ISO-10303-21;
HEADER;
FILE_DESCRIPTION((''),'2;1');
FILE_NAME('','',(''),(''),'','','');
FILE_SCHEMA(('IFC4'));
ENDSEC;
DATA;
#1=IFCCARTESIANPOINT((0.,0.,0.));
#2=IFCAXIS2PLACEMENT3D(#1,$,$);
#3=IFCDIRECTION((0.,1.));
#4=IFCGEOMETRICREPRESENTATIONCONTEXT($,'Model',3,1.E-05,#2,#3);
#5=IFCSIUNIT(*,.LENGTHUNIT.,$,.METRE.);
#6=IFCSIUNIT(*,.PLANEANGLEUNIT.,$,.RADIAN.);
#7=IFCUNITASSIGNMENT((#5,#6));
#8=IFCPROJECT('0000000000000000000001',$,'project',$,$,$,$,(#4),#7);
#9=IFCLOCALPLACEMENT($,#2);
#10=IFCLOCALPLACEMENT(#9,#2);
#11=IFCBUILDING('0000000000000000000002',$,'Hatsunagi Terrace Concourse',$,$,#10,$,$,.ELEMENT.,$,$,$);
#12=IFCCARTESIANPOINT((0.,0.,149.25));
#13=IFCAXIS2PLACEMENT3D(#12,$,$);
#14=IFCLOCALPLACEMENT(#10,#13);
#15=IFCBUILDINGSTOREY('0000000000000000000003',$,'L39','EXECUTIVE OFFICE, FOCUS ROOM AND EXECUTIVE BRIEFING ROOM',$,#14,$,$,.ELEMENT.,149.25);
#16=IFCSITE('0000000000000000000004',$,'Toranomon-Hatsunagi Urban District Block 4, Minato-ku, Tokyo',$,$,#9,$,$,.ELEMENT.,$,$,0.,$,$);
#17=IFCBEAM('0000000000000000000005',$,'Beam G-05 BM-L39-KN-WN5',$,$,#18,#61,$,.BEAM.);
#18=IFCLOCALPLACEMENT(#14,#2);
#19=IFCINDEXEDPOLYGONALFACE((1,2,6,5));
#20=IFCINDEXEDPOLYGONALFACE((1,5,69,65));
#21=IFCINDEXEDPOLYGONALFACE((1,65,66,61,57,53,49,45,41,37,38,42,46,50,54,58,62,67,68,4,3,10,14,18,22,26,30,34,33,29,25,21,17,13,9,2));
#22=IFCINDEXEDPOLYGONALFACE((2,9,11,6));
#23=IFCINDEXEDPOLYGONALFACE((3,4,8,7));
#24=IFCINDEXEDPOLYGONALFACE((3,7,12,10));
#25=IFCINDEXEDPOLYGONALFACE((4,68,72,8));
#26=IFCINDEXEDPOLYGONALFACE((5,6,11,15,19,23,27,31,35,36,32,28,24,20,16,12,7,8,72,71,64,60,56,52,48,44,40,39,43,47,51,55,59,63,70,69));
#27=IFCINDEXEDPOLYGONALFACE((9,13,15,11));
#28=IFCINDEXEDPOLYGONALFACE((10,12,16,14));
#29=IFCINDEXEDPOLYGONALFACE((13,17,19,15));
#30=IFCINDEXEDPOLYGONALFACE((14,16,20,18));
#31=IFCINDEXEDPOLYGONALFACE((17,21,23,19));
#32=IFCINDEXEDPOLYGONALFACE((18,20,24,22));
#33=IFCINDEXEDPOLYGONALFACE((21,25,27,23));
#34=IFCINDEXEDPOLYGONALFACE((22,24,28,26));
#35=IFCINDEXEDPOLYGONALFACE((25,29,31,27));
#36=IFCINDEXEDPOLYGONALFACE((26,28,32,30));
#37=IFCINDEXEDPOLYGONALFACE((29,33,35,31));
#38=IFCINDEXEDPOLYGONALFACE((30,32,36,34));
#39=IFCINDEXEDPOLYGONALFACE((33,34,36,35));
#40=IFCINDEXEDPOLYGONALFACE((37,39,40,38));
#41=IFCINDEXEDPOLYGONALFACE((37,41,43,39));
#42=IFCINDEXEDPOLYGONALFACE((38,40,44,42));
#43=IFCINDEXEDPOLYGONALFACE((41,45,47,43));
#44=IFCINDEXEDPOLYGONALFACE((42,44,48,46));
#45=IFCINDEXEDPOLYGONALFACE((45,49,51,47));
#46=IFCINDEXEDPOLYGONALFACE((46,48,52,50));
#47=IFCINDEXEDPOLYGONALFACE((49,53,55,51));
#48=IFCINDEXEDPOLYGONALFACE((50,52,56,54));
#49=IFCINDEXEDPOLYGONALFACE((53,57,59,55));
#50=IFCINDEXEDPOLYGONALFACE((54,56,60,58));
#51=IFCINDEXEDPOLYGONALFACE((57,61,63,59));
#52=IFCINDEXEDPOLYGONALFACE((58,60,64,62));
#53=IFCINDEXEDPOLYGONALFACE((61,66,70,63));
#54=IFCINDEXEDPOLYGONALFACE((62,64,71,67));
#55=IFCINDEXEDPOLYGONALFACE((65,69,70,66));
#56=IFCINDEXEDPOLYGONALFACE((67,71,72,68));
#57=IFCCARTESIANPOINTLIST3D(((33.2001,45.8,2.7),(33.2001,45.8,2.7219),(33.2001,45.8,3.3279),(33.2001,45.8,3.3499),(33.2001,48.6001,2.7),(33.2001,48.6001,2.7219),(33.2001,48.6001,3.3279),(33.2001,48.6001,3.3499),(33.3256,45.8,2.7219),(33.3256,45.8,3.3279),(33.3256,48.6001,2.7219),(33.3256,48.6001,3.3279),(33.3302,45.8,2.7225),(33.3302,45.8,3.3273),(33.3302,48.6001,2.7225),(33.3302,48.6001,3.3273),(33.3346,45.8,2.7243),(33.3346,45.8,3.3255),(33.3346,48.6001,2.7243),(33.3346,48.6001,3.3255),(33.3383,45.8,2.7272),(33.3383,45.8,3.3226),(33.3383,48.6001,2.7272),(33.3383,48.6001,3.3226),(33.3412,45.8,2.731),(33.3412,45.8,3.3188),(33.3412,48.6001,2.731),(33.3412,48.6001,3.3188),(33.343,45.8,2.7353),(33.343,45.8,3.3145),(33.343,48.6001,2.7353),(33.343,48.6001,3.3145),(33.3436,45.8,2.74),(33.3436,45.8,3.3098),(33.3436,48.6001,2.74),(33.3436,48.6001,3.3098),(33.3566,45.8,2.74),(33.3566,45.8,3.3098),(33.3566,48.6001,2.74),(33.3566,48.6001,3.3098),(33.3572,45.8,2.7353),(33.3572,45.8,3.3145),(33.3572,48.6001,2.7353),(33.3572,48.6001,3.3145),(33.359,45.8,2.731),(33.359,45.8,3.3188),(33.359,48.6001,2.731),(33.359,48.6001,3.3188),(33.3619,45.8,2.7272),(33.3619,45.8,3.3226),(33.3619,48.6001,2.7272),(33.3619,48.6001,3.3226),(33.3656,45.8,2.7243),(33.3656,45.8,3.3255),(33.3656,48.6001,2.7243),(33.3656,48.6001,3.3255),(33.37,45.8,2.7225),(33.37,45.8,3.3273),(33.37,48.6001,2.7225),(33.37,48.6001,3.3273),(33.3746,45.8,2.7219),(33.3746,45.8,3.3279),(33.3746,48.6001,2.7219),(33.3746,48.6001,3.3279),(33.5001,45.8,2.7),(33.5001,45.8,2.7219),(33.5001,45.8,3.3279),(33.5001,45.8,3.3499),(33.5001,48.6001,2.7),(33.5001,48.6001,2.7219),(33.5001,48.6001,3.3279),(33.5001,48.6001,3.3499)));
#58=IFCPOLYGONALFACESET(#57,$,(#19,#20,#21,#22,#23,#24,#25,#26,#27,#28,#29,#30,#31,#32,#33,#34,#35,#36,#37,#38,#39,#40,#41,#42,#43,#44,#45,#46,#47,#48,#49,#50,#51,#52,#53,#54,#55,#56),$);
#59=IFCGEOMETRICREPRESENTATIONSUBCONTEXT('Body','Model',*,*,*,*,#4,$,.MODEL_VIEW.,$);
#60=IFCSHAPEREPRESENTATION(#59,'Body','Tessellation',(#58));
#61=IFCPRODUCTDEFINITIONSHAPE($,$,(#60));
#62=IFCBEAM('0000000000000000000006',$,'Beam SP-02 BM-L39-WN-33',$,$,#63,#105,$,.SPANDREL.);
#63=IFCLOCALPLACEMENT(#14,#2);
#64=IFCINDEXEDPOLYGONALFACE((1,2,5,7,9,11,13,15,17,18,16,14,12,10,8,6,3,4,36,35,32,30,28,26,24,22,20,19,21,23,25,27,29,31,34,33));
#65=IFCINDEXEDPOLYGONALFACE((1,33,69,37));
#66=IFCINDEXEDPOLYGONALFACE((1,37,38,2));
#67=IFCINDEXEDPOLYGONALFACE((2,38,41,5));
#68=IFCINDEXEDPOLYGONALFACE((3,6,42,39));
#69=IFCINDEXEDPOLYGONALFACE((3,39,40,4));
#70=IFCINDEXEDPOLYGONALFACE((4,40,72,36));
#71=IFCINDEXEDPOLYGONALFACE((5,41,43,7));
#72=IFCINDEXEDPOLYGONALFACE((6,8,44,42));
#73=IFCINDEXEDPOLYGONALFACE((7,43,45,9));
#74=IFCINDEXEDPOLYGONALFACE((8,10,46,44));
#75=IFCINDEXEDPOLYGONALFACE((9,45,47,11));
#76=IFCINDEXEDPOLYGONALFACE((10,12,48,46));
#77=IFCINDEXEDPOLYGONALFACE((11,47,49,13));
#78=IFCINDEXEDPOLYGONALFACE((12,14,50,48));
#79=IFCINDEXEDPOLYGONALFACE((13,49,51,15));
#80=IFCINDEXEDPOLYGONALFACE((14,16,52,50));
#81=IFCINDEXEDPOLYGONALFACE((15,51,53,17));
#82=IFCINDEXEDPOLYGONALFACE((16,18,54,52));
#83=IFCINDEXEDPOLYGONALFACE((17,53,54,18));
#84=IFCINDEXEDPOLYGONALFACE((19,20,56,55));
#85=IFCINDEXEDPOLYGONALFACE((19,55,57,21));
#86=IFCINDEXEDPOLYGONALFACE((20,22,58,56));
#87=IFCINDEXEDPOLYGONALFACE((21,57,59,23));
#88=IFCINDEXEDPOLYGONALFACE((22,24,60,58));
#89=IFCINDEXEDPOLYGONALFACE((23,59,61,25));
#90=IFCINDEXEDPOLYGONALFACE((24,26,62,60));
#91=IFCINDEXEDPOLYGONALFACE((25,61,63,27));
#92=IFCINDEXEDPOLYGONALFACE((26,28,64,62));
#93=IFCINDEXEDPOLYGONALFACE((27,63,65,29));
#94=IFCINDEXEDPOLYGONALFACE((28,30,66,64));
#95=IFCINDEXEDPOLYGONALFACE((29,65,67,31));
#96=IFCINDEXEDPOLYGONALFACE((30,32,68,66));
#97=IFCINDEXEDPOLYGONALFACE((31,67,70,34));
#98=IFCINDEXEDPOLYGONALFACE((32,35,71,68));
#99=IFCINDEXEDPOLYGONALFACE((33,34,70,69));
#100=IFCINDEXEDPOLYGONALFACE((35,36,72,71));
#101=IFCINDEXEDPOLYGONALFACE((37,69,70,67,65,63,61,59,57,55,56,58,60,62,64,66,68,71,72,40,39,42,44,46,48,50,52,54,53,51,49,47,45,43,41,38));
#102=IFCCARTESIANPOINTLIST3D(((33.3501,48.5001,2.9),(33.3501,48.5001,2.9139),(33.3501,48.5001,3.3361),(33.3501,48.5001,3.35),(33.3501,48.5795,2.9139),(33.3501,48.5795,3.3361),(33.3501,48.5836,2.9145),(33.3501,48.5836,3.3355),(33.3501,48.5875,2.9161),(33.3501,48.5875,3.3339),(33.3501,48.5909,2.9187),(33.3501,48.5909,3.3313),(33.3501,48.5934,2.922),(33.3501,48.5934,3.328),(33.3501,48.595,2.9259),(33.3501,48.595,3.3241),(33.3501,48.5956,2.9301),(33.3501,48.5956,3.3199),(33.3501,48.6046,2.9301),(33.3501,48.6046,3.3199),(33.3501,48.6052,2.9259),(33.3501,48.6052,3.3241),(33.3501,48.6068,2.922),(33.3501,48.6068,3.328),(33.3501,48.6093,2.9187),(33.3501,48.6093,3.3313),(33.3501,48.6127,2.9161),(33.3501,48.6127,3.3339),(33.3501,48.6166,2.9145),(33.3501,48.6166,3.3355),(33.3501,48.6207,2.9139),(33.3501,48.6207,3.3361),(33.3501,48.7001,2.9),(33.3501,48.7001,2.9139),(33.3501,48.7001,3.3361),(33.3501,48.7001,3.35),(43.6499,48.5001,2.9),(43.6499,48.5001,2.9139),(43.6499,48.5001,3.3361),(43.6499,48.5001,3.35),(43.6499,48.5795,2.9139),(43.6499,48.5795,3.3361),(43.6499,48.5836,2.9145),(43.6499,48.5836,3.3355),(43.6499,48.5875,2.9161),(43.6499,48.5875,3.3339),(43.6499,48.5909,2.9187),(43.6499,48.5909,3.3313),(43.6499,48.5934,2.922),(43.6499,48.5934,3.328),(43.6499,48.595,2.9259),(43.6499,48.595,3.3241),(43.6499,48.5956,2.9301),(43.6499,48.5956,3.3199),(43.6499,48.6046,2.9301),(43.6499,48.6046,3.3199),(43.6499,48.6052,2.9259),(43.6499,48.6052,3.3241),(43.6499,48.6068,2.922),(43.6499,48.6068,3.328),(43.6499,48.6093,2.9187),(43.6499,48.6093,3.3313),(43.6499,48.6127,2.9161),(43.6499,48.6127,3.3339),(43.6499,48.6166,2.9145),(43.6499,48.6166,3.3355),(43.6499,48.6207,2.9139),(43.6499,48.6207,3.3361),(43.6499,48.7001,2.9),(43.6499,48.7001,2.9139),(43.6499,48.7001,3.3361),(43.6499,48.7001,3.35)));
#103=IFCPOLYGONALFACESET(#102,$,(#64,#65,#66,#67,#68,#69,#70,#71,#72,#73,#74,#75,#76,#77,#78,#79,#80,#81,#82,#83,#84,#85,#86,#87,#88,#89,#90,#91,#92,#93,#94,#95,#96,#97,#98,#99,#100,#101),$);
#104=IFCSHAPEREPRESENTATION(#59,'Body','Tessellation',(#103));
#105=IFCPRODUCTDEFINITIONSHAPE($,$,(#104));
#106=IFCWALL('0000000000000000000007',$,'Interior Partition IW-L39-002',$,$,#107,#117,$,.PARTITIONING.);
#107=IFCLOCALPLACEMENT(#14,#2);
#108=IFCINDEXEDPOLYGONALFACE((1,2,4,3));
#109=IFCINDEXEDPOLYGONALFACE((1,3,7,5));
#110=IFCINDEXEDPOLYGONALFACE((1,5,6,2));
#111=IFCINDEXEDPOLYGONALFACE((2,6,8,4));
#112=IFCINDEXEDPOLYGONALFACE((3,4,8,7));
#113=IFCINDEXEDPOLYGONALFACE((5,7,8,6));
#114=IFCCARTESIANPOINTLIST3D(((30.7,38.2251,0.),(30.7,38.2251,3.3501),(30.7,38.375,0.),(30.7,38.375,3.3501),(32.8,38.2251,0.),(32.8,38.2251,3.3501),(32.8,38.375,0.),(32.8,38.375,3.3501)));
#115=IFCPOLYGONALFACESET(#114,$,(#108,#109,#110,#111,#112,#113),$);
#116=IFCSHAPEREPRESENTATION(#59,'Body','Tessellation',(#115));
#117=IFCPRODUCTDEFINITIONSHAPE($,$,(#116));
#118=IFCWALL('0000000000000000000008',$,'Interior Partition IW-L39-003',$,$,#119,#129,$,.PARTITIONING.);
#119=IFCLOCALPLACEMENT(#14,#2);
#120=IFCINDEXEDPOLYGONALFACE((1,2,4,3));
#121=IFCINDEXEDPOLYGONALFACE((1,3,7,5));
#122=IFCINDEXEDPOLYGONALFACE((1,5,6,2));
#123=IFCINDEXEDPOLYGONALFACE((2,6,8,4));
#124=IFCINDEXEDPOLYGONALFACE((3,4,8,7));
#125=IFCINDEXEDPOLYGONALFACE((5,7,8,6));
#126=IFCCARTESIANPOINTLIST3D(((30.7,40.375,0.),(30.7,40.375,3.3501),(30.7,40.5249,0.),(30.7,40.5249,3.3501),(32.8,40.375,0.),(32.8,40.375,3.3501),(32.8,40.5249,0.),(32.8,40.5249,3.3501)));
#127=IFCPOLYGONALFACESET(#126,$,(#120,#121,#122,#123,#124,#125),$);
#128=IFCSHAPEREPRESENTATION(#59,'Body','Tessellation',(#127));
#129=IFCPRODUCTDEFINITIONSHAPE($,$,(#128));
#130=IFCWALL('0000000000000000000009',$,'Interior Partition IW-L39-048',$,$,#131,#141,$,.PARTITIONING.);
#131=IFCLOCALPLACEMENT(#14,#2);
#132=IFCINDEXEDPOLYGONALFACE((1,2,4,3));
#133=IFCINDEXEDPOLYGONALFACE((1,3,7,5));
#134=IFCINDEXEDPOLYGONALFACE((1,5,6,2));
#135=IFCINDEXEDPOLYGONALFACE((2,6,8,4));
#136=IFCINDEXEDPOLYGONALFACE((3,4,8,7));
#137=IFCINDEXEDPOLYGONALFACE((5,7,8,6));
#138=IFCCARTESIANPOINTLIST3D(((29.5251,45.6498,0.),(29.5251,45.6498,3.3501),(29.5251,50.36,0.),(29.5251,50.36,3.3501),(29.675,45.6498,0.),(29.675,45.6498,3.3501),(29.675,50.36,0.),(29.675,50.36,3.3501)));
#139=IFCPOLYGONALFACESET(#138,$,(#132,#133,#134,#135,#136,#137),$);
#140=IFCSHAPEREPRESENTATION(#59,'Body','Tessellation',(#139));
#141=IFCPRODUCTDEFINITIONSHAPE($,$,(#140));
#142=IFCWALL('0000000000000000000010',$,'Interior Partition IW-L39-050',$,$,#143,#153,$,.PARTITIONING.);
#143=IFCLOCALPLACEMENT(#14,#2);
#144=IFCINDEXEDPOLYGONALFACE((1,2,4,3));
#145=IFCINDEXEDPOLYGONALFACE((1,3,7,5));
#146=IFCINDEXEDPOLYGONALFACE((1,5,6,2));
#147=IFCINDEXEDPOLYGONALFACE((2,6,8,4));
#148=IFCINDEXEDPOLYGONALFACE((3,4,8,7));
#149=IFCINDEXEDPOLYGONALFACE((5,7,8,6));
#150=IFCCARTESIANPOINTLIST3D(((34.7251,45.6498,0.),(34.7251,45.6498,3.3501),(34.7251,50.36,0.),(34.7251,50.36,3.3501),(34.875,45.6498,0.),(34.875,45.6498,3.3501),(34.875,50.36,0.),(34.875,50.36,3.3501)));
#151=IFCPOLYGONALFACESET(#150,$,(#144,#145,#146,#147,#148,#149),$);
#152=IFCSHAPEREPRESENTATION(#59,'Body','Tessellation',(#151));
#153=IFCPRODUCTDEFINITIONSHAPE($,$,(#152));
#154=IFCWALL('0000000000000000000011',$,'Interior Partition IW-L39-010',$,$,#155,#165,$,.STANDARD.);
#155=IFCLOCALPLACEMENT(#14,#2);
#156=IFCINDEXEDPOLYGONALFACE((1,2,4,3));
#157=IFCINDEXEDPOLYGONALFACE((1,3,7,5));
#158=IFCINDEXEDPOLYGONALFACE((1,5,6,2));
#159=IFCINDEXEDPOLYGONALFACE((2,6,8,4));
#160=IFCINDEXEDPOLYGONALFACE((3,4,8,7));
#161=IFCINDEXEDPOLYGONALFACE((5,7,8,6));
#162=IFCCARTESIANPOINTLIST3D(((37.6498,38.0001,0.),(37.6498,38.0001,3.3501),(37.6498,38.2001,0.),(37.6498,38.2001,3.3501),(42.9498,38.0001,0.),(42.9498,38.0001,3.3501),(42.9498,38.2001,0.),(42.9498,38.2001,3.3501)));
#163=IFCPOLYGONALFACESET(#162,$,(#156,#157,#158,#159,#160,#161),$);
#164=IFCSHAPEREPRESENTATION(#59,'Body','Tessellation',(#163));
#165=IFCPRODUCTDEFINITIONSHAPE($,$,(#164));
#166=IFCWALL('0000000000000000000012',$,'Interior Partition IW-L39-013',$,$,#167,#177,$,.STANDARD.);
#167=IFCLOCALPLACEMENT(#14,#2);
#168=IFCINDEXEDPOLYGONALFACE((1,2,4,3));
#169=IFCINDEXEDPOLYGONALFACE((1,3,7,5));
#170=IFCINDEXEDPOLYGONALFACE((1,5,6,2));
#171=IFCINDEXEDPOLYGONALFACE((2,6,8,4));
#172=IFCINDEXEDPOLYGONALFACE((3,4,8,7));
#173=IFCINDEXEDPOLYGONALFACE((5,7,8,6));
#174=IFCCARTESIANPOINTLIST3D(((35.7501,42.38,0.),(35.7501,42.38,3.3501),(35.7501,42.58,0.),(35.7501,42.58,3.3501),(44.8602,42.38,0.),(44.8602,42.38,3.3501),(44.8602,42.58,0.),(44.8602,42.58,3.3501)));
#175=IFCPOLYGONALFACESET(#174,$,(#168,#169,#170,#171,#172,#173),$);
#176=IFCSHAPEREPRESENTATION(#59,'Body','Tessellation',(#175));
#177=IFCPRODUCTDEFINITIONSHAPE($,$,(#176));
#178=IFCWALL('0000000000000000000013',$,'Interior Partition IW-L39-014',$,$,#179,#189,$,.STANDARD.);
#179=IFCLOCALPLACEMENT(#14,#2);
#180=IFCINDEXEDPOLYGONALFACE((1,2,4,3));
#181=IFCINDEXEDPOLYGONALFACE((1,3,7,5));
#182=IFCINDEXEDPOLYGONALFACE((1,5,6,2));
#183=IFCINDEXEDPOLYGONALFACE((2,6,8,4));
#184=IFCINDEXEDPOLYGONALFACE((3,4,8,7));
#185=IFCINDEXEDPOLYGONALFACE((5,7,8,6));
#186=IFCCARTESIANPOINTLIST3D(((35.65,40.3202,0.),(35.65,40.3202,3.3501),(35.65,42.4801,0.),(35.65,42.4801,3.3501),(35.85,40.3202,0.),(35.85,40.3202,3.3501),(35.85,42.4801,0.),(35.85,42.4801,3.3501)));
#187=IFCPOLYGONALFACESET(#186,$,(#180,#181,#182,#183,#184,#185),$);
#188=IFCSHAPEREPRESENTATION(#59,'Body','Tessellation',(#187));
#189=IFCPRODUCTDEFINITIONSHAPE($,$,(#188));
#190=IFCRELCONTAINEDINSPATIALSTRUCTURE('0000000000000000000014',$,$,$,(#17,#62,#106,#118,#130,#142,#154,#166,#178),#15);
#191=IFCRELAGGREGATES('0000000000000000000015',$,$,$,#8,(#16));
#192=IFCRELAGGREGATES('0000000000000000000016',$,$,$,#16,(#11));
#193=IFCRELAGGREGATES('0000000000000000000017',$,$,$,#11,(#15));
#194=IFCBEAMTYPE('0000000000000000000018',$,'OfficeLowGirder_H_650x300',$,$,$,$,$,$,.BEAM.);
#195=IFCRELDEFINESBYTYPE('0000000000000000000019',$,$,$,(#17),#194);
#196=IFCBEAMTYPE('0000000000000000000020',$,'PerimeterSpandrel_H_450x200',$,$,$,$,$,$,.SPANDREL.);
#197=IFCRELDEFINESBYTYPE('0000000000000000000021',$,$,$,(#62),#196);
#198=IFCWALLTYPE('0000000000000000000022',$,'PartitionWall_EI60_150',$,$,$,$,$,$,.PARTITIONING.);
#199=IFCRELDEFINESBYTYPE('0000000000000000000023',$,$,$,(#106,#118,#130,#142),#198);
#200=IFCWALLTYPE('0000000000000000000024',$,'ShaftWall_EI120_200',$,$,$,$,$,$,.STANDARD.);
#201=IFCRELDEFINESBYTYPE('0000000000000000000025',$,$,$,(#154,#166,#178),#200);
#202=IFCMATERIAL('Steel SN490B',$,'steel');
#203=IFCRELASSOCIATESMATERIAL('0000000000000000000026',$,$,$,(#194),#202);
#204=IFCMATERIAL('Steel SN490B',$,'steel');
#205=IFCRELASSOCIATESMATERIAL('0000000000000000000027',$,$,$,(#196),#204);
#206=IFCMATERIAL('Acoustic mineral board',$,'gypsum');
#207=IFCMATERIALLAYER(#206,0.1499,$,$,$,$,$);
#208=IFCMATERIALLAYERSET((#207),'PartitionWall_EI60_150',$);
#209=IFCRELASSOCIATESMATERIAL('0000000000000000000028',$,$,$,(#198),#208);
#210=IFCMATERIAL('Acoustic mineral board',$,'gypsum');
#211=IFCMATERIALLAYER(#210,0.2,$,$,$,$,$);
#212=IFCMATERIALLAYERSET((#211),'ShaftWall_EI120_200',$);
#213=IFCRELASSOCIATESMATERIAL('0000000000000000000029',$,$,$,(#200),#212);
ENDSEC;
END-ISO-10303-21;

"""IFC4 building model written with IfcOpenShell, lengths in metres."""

from ifc_helpers import new_model, si_unit, direction, frame, frame_2d, origin, origin_2d, place, context, subcontext, project, spatial, rectangle, i_section, extrude, material, layer, layer_set, material_profile, profile_set, type_object, element, save


model = new_model("IFC4")

# Units and contexts
model_context = context("Model", 3, precision=1e-05, world=origin(), true_north=direction((0.0, 1.0)))
body_context = subcontext(model_context, "Body", "Model", "MODEL_VIEW")
ifc_project = project(units=[si_unit("LENGTHUNIT", "METRE"), si_unit("PLANEANGLEUNIT", "RADIAN")], contexts=[model_context])

# Site, building, storey
site_placement = place(None, origin())
site = spatial("IfcSite", under=ifc_project, at=site_placement, Name="Toranomon-Hatsunagi Urban District Block 4, Minato-ku, Tokyo", CompositionType="ELEMENT", RefElevation=0.0)
building_placement = place(site_placement, origin())
building = spatial("IfcBuilding", under=site, at=building_placement, Name="Hatsunagi Terrace Concourse", CompositionType="ELEMENT")
storey_placement = place(building_placement, frame((0.0, 0.0, 149.25)))
storey = spatial("IfcBuildingStorey", under=building, at=storey_placement, Name="L39", Description="EXECUTIVE OFFICE, FOCUS ROOM AND EXECUTIVE BRIEFING ROOM", CompositionType="ELEMENT", Elevation=149.25)

# Beams
ifc_material_1 = material(Name="Steel SN490B", Category="steel")
ifc_material_profile_1 = material_profile(ifc_material_1, i_section(OverallWidth=0.3, OverallDepth=0.6499, WebThickness=0.0129, FlangeThickness=0.022, FilletRadius=0.0181, at=origin_2d()), Name="H-650x300x13x22")
ifc_profile_set_1 = profile_set([ifc_material_profile_1], Name="Steel SN490B")
beam_type_1 = type_object("IfcBeamType", Name="OfficeLowGirder_H_650x300", PredefinedType="BEAM", material=ifc_profile_set_1)
beam_1_placement = place(storey_placement, frame((33.3501, 45.8, 3.0249), z_axis=(0.0, 1.0, 0.0), x_axis=(-1.0, 0.0, 0.0)))
element("IfcBeam", 1, at=beam_1_placement, inside=storey, type_object=beam_type_1, Name="Beam G-05 BM-L39-KN-WN5", PredefinedType="BEAM", context=body_context, shape_type="SweptSolid", body=[
    extrude(i_section(OverallWidth=0.3, OverallDepth=0.6499, WebThickness=0.0129, FlangeThickness=0.022, FilletRadius=0.0181, at=origin_2d()), origin(), (0.0, 0.0, 1.0), 2.8),
])
ifc_material_2 = material(Name="Steel SN490B", Category="steel")
ifc_material_profile_2 = material_profile(ifc_material_2, i_section(OverallWidth=0.2, OverallDepth=0.45, WebThickness=0.009, FlangeThickness=0.0139, FilletRadius=0.0161, at=origin_2d()), Name="H-450x200x9x14")
ifc_profile_set_2 = profile_set([ifc_material_profile_2], Name="Steel SN490B")
beam_type_2 = type_object("IfcBeamType", Name="PerimeterSpandrel_H_450x200", PredefinedType="SPANDREL", material=ifc_profile_set_2)
beam_2_placement = place(storey_placement, frame((33.3501, 48.6001, 3.125), z_axis=(1.0, 0.0, 0.0), x_axis=(0.0, 1.0, 0.0)))
element("IfcBeam", 2, at=beam_2_placement, inside=storey, type_object=beam_type_2, Name="Beam SP-02 BM-L39-WN-33", PredefinedType="SPANDREL", context=body_context, shape_type="SweptSolid", body=[
    extrude(i_section(OverallWidth=0.2, OverallDepth=0.45, WebThickness=0.009, FlangeThickness=0.0139, FilletRadius=0.0161, at=origin_2d()), origin(), (0.0, 0.0, 1.0), 10.2998),
])

# Walls
ifc_material_3 = material(Name="Acoustic mineral board", Category="gypsum")
ifc_layer_1 = layer(ifc_material_3, 0.1499)
ifc_layer_set_1 = layer_set([ifc_layer_1], Name="PartitionWall_EI60_150")
wall_type_1 = type_object("IfcWallType", Name="PartitionWall_EI60_150", PredefinedType="PARTITIONING", material=ifc_layer_set_1)
for number, where, z_axis, x_axis, name in (
    (3, (30.7, 38.3, 0.0), (0.0, 0.0, 1.0), (1.0, 0.0, 0.0), "Interior Partition IW-L39-002"),
    (4, (30.7, 40.45, 0.0), (0.0, 0.0, 1.0), (1.0, 0.0, 0.0), "Interior Partition IW-L39-003"),
):
    element("IfcWall", number, at=place(storey_placement, frame(where, z_axis=z_axis, x_axis=x_axis)), inside=storey, type_object=wall_type_1, Name=name, PredefinedType="PARTITIONING", context=body_context, shape_type="SweptSolid", body=[
        extrude(rectangle(XDim=2.1001, YDim=0.1499, at=frame_2d((1.05, 0.0))), origin(), (0.0, 0.0, 1.0), 3.3501),
    ])
wall_1_placement = place(storey_placement, frame((29.6001, 45.6499, 0.0), z_axis=(0.0, 0.0, 1.0), x_axis=(0.0, 1.0, 0.0)))
element("IfcWall", 5, at=wall_1_placement, inside=storey, type_object=wall_type_1, Name="Interior Partition IW-L39-048", PredefinedType="PARTITIONING", context=body_context, shape_type="SweptSolid", body=[
    extrude(rectangle(XDim=4.7102, YDim=0.1499, at=frame_2d((2.355, 0.0))), origin(), (0.0, 0.0, 1.0), 3.3501),
])

# Wall
wall_2_placement = place(storey_placement, frame((34.8, 45.6499, 0.0), z_axis=(0.0, 0.0, 1.0), x_axis=(0.0, 1.0, 0.0)))
element("IfcWall", 6, at=wall_2_placement, inside=storey, type_object=wall_type_1, Name="Interior Partition IW-L39-050", PredefinedType="PARTITIONING", context=body_context, shape_type="SweptSolid", body=[
    extrude(rectangle(XDim=4.7102, YDim=0.1499, at=frame_2d((2.355, 0.0))), origin(), (0.0, 0.0, 1.0), 3.3501),
])

# Walls
ifc_material_4 = material(Name="Acoustic mineral board", Category="gypsum")
ifc_layer_2 = layer(ifc_material_4, 0.2)
ifc_layer_set_2 = layer_set([ifc_layer_2], Name="ShaftWall_EI120_200")
wall_type_2 = type_object("IfcWallType", Name="ShaftWall_EI120_200", PredefinedType="STANDARD", material=ifc_layer_set_2)
wall_3_placement = place(storey_placement, frame((37.6499, 38.1001, 0.0), z_axis=(0.0, 0.0, 1.0), x_axis=(1.0, 0.0, 0.0)))
element("IfcWall", 7, at=wall_3_placement, inside=storey, type_object=wall_type_2, Name="Interior Partition IW-L39-010", PredefinedType="STANDARD", context=body_context, shape_type="SweptSolid", body=[
    extrude(rectangle(XDim=5.3, YDim=0.2, at=frame_2d((2.6499, 0.0))), origin(), (0.0, 0.0, 1.0), 3.3501),
])
wall_4_placement = place(storey_placement, frame((35.75, 42.48, 0.0), z_axis=(0.0, 0.0, 1.0), x_axis=(1.0, 0.0, 0.0)))
element("IfcWall", 8, at=wall_4_placement, inside=storey, type_object=wall_type_2, Name="Interior Partition IW-L39-013", PredefinedType="STANDARD", context=body_context, shape_type="SweptSolid", body=[
    extrude(rectangle(XDim=9.1101, YDim=0.2, at=frame_2d((4.5552, 0.0))), origin(), (0.0, 0.0, 1.0), 3.3501),
])
for number, where, z_axis, x_axis, name in (
    (9, (35.75, 40.3201, 0.0), (0.0, 0.0, 1.0), (0.0, 1.0, 0.0), "Interior Partition IW-L39-014"),
):
    element("IfcWall", number, at=place(storey_placement, frame(where, z_axis=z_axis, x_axis=x_axis)), inside=storey, type_object=wall_type_2, Name=name, PredefinedType="STANDARD", context=body_context, shape_type="SweptSolid", body=[
        extrude(rectangle(XDim=2.1599, YDim=0.2, at=frame_2d((1.0801, 0.0))), origin(), (0.0, 0.0, 1.0), 3.3501),
    ])

save(model, "model.ifc")
